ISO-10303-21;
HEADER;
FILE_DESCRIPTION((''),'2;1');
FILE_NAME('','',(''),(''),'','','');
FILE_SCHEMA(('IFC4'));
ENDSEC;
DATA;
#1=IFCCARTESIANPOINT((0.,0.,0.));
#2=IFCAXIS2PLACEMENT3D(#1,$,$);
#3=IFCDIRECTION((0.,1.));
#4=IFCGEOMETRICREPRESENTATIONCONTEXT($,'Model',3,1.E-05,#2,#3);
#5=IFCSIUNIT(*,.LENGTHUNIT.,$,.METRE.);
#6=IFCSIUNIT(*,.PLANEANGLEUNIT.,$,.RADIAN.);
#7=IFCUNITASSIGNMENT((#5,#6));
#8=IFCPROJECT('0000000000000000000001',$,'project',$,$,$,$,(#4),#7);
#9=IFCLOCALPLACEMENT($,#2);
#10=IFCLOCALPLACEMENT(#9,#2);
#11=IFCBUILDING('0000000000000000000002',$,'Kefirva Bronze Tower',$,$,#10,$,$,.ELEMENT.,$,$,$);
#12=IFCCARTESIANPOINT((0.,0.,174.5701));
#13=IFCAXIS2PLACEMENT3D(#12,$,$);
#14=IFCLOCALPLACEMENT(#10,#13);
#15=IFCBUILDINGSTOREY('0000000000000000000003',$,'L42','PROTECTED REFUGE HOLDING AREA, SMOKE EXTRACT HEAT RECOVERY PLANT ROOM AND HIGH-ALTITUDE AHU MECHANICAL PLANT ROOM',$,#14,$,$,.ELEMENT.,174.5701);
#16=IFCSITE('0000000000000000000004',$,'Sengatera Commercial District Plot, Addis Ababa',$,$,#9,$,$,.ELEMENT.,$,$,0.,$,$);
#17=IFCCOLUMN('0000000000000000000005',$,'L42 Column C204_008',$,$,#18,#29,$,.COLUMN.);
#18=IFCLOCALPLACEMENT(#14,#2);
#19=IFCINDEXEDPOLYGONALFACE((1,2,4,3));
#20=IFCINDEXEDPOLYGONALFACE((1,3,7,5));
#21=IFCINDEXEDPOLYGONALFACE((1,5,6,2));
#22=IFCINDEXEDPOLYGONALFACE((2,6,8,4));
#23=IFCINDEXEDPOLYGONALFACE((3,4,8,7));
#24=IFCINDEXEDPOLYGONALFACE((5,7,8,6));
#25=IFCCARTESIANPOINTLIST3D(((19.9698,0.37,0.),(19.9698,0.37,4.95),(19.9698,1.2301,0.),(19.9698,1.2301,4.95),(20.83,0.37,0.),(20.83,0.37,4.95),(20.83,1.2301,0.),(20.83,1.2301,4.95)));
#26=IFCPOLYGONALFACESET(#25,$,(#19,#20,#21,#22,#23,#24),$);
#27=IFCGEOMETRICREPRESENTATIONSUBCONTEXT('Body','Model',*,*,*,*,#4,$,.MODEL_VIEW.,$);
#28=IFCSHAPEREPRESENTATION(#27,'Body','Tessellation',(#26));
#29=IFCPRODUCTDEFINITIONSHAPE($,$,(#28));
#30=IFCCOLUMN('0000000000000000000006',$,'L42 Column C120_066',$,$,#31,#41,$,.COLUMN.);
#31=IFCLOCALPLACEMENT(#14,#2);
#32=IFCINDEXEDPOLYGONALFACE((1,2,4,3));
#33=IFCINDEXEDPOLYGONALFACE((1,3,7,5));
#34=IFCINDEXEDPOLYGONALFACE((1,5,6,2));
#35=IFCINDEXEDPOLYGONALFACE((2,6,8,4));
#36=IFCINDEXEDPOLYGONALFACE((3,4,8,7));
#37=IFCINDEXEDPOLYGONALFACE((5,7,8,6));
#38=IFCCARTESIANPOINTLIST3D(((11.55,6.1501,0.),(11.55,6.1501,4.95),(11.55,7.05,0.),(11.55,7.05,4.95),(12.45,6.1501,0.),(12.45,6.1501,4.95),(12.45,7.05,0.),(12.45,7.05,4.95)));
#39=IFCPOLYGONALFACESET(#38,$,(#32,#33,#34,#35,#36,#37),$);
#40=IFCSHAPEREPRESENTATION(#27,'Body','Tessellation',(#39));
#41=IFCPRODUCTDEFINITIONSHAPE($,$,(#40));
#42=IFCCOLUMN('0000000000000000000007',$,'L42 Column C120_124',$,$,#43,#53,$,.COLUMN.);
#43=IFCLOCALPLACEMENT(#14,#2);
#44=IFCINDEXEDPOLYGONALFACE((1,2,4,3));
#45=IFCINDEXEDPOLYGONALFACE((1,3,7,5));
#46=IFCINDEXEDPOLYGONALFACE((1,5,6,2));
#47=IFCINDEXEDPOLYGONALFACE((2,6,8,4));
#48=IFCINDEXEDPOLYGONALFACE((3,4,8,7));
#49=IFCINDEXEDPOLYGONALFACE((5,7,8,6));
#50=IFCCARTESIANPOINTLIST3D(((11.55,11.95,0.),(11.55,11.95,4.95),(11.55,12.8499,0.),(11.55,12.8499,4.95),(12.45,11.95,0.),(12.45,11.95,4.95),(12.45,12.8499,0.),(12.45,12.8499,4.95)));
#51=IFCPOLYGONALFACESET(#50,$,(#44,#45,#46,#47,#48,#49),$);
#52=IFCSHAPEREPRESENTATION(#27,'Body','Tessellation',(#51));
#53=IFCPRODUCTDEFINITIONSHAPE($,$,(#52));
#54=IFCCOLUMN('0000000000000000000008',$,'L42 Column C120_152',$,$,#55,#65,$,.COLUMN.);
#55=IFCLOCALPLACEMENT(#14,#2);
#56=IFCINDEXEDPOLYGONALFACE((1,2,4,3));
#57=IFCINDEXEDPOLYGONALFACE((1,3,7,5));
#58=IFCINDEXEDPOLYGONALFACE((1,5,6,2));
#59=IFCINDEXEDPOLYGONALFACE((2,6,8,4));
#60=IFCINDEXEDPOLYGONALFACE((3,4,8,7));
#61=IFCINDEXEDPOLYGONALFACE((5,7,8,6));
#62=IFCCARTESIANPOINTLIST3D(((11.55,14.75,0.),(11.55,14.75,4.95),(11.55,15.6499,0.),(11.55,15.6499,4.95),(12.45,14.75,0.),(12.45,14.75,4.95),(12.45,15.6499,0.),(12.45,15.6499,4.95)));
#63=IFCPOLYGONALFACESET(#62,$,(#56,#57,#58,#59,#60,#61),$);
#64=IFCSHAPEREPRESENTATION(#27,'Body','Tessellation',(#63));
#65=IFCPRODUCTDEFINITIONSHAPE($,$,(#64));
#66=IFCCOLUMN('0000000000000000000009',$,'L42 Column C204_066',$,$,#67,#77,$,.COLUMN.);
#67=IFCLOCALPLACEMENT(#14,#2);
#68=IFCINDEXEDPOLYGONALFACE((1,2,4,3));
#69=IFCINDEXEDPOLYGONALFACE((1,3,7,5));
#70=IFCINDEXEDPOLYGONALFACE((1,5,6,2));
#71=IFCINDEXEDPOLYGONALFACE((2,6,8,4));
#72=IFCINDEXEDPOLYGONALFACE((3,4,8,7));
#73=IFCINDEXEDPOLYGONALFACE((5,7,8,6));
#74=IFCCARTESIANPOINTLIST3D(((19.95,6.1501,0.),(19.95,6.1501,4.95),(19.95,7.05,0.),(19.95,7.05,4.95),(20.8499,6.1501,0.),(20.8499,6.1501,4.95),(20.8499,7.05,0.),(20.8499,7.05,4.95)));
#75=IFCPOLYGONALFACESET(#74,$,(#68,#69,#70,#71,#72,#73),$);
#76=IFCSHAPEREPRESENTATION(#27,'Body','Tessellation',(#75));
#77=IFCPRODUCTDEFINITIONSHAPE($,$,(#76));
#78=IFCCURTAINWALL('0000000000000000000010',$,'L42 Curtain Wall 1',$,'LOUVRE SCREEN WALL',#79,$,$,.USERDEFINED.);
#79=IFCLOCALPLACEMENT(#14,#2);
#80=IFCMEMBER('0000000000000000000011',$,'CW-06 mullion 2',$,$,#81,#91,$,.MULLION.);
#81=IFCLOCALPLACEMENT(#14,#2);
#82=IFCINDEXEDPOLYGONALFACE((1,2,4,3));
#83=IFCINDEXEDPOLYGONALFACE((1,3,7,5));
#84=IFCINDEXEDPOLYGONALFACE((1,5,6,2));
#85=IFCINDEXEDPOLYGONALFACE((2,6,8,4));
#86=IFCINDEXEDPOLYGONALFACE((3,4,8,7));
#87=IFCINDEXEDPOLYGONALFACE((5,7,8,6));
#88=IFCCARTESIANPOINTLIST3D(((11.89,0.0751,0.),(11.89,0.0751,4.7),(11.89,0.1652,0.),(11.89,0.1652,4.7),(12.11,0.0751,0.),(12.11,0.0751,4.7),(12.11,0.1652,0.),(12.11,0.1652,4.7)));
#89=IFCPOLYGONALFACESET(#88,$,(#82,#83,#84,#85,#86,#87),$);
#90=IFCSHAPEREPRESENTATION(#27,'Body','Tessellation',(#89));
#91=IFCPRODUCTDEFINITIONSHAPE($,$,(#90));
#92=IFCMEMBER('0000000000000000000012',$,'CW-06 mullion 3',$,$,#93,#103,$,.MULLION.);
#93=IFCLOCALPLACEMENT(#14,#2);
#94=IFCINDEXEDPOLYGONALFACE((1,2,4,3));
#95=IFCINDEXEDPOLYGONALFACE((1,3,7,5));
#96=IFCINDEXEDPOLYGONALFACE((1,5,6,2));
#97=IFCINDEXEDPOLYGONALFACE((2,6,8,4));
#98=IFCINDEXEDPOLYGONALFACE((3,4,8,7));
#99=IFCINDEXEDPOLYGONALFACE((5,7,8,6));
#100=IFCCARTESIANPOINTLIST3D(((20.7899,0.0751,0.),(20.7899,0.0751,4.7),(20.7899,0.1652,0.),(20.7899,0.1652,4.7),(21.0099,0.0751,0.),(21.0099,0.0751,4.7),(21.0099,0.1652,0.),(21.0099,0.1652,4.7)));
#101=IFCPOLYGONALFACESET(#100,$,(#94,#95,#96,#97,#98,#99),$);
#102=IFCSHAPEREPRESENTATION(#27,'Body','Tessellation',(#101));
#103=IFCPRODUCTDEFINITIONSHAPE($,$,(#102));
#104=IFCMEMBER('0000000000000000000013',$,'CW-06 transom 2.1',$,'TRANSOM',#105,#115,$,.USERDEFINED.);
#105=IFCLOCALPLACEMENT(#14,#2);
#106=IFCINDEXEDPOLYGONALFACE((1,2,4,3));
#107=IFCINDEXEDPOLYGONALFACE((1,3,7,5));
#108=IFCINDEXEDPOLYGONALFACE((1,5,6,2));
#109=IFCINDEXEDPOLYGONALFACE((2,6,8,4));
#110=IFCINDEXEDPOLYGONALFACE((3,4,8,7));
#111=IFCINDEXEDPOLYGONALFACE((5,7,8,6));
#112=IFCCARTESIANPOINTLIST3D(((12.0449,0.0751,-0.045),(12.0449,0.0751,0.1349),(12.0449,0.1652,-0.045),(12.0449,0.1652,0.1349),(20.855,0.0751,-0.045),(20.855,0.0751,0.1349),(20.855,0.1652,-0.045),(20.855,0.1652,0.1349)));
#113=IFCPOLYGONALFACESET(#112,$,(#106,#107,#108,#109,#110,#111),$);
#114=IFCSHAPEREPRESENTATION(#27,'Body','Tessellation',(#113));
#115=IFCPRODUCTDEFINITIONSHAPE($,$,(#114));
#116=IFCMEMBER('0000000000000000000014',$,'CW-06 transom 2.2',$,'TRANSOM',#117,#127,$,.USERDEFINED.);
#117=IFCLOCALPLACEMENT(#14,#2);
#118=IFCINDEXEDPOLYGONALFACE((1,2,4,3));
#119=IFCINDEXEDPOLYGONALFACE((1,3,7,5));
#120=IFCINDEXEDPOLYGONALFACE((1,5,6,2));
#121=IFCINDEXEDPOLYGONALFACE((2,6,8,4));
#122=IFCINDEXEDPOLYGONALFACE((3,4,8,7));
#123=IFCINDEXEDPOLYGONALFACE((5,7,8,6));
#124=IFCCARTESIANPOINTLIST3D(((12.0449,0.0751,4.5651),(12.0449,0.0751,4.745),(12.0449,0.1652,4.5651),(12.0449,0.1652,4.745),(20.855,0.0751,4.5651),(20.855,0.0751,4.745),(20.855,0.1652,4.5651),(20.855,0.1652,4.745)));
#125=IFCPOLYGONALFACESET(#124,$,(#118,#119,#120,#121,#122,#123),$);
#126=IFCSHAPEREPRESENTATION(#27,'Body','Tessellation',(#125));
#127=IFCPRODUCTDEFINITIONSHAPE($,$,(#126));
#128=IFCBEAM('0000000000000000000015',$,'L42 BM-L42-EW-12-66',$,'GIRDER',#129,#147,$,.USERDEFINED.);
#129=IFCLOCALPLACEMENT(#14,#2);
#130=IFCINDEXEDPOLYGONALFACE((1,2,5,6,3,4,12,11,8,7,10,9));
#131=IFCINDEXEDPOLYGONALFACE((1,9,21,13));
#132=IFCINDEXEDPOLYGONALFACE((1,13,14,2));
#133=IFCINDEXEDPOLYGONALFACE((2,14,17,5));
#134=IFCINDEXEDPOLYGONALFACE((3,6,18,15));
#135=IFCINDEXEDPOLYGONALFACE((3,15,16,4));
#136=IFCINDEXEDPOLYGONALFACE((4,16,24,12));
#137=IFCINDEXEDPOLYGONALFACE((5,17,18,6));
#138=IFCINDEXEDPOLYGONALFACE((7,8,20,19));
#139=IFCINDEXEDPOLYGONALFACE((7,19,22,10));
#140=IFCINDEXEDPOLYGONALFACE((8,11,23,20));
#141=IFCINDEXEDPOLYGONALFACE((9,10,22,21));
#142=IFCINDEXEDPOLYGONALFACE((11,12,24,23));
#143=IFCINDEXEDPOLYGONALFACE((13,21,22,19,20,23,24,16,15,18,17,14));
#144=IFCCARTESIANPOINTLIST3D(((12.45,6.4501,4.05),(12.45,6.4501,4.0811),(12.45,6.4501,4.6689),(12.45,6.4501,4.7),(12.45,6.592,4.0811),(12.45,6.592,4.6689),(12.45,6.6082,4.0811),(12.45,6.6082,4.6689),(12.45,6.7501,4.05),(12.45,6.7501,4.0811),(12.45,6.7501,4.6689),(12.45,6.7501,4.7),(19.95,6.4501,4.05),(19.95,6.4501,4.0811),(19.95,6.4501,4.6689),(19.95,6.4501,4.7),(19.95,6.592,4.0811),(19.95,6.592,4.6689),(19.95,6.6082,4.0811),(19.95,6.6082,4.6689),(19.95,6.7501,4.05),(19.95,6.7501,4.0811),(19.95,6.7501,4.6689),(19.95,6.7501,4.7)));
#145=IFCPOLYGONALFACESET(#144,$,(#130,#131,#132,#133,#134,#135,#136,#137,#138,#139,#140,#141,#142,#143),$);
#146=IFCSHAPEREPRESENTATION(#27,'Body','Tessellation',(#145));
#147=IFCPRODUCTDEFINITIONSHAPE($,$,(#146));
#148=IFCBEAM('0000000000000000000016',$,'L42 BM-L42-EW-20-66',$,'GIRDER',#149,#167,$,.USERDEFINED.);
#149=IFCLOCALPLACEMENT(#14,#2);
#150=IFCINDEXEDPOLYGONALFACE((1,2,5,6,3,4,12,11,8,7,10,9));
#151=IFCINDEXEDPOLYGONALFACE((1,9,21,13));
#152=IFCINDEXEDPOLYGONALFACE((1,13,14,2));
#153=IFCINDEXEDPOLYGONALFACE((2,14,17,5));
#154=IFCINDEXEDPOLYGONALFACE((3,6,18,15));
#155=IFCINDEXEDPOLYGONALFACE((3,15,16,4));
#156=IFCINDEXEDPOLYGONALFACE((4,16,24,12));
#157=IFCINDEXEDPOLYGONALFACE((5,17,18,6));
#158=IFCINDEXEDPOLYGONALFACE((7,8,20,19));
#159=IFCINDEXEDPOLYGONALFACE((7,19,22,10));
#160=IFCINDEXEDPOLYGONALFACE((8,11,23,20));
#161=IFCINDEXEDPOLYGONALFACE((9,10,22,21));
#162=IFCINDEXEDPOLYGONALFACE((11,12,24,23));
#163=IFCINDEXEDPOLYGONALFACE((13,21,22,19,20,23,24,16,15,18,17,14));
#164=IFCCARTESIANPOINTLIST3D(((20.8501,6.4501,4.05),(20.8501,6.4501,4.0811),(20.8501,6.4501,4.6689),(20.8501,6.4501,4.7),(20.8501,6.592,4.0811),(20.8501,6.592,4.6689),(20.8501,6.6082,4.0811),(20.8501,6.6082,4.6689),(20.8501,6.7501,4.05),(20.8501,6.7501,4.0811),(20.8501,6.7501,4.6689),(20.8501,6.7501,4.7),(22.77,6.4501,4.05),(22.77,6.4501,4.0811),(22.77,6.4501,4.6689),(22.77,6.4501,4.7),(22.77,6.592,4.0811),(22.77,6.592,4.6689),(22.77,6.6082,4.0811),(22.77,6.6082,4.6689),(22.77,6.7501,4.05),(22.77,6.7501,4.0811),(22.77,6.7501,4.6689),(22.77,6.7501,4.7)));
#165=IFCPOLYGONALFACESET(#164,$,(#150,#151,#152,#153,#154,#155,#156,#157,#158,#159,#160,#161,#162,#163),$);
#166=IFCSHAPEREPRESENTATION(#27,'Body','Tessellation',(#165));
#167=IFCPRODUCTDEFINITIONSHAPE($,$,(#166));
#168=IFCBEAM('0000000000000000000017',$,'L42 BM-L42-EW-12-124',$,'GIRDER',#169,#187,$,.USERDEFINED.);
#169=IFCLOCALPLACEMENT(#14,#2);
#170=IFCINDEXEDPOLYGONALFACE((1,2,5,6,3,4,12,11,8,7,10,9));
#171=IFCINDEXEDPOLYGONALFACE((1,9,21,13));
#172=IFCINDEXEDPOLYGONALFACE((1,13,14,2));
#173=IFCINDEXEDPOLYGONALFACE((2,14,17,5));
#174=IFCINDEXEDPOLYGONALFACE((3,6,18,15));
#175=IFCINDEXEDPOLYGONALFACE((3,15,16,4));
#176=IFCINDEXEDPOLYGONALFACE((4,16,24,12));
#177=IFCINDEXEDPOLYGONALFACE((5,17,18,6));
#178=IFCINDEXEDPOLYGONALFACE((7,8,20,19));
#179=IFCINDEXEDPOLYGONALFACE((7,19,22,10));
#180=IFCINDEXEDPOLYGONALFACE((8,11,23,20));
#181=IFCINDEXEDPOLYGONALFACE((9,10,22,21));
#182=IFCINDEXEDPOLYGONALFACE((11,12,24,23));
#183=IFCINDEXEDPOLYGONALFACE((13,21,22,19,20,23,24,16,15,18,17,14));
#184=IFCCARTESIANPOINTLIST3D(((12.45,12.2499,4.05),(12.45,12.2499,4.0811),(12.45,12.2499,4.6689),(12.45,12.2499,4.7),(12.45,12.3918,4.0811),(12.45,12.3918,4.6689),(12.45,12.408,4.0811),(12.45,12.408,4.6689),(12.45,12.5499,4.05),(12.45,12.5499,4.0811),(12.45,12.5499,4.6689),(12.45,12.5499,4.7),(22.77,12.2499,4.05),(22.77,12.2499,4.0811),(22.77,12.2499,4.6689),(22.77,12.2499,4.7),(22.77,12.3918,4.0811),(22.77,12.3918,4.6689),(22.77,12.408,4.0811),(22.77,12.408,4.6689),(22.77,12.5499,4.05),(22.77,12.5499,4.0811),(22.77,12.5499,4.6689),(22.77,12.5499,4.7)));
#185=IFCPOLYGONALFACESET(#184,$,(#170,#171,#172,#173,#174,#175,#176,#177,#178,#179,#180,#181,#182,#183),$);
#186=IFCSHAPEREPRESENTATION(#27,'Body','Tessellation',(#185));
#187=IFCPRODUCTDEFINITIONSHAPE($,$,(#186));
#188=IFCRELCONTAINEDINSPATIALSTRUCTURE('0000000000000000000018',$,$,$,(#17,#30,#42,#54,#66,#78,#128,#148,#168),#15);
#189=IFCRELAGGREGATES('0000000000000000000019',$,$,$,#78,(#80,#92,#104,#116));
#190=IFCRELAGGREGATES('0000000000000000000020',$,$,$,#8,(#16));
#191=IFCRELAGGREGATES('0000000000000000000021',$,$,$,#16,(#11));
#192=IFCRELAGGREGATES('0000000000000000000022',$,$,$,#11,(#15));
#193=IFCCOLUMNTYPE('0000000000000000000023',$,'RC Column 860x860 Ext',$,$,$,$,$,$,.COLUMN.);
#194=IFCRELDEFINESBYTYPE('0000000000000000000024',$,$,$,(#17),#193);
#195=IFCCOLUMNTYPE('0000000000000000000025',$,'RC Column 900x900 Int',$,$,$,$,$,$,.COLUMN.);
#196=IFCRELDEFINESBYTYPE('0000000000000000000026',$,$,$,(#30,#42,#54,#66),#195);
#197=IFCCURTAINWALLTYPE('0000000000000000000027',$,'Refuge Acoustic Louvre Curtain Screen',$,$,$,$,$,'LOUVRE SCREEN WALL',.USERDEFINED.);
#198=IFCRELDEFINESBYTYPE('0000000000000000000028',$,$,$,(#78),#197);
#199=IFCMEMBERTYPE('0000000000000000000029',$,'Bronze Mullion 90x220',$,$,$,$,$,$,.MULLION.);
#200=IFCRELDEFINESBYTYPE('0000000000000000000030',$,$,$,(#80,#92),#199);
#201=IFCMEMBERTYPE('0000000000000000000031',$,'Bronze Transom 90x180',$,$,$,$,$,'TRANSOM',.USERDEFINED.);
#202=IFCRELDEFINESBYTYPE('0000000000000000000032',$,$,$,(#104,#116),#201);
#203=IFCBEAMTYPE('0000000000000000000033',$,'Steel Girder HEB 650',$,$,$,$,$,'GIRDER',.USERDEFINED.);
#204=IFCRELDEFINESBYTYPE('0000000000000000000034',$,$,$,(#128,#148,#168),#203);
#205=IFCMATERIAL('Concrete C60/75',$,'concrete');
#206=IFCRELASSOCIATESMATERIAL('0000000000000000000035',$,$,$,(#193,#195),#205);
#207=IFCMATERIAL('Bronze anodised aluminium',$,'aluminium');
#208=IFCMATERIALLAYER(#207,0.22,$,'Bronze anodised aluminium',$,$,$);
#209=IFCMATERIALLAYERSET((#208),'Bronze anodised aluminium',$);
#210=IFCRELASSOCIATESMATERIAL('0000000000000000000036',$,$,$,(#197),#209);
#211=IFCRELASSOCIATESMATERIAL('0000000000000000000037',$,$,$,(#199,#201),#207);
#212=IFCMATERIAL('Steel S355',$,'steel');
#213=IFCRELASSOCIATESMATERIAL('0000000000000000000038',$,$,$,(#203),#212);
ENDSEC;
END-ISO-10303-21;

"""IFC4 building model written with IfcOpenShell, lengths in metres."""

from ifc_helpers import new_model, si_unit, direction, frame, origin, origin_2d, place, context, subcontext, project, spatial, rectangle, i_section, extrude, material, layer, layer_set, material_profile, profile_set, type_object, element, aggregate, save


model = new_model("IFC4")

# Units and contexts
model_context = context("Model", 3, precision=1e-05, world=origin(), true_north=direction((0.0, 1.0)))
body_context = subcontext(model_context, "Body", "Model", "MODEL_VIEW")
ifc_project = project(units=[si_unit("LENGTHUNIT", "METRE"), si_unit("PLANEANGLEUNIT", "RADIAN")], contexts=[model_context])

# Site, building, storey
site_placement = place(None, origin())
site = spatial("IfcSite", under=ifc_project, at=site_placement, Name="Sengatera Commercial District Plot, Addis Ababa", CompositionType="ELEMENT", RefElevation=0.0)
building_placement = place(site_placement, origin())
building = spatial("IfcBuilding", under=site, at=building_placement, Name="Kefirva Bronze Tower", CompositionType="ELEMENT")
storey_placement = place(building_placement, frame((0.0, 0.0, 174.5701)))
storey = spatial("IfcBuildingStorey", under=building, at=storey_placement, Name="L42", Description="PROTECTED REFUGE HOLDING AREA, SMOKE EXTRACT HEAT RECOVERY PLANT ROOM AND HIGH-ALTITUDE AHU MECHANICAL PLANT ROOM", CompositionType="ELEMENT", Elevation=174.5701)

# Columns
ifc_material_1 = material(Name="Concrete C60/75", Category="concrete")
ifc_material_profile_1 = material_profile(ifc_material_1, rectangle(XDim=0.8601, YDim=0.8601, at=origin_2d()), Name="RC 860x860")
ifc_profile_set_1 = profile_set([ifc_material_profile_1], Name="Concrete C60/75")
column_type_1 = type_object("IfcColumnType", Name="RC Column 860x860 Ext", PredefinedType="COLUMN", material=ifc_profile_set_1)
column_placement = place(storey_placement, frame((20.3999, 0.8, 0.0), z_axis=(0.0, 0.0, 1.0), x_axis=(1.0, 0.0, 0.0)))
element("IfcColumn", 1, at=column_placement, inside=storey, type_object=column_type_1, Name="L42 Column C204_008", PredefinedType="COLUMN", context=body_context, shape_type="SweptSolid", body=[
    extrude(rectangle(XDim=0.8601, YDim=0.8601, at=origin_2d()), origin(), (0.0, 0.0, 1.0), 4.95),
])
ifc_material_profile_2 = material_profile(ifc_material_1, rectangle(XDim=0.8999, YDim=0.8999, at=origin_2d()), Name="RC 900x900")
ifc_profile_set_2 = profile_set([ifc_material_profile_2], Name="Concrete C60/75")
column_type_2 = type_object("IfcColumnType", Name="RC Column 900x900 Int", PredefinedType="COLUMN", material=ifc_profile_set_2)
for number, where, z_axis, x_axis, name in (
    (2, (12.0, 6.6001, 0.0), (0.0, 0.0, 1.0), (1.0, 0.0, 0.0), "L42 Column C120_066"),
    (3, (12.0, 12.3999, 0.0), (0.0, 0.0, 1.0), (1.0, 0.0, 0.0), "L42 Column C120_124"),
    (4, (12.0, 15.2, 0.0), (0.0, 0.0, 1.0), (1.0, 0.0, 0.0), "L42 Column C120_152"),
    (5, (20.3999, 6.6001, 0.0), (0.0, 0.0, 1.0), (1.0, 0.0, 0.0), "L42 Column C204_066"),
):
    element("IfcColumn", number, at=place(storey_placement, frame(where, z_axis=z_axis, x_axis=x_axis)), inside=storey, type_object=column_type_2, Name=name, PredefinedType="COLUMN", context=body_context, shape_type="SweptSolid", body=[
        extrude(rectangle(XDim=0.8999, YDim=0.8999, at=origin_2d()), origin(), (0.0, 0.0, 1.0), 4.95),
    ])

# Curtain wall, members
ifc_material_2 = material(Name="Bronze anodised aluminium", Category="aluminium")
ifc_layer_1 = layer(ifc_material_2, 0.22, Name="Bronze anodised aluminium")
ifc_layer_set_1 = layer_set([ifc_layer_1], Name="Bronze anodised aluminium")
curtain_wall_type = type_object("IfcCurtainWallType", Name="Refuge Acoustic Louvre Curtain Screen", ElementType="LOUVRE SCREEN WALL", PredefinedType="USERDEFINED", material=ifc_layer_set_1)
curtain_wall_placement = place(storey_placement, origin())
curtain_wall = element("IfcCurtainWall", 6, at=curtain_wall_placement, inside=storey, type_object=curtain_wall_type, Name="L42 Curtain Wall 1", ObjectType="LOUVRE SCREEN WALL", PredefinedType="USERDEFINED")
ifc_material_profile_3 = material_profile(ifc_material_2, rectangle(XDim=0.0901, YDim=0.22, at=origin_2d()), Name="ALU 90x220")
ifc_profile_set_3 = profile_set([ifc_material_profile_3], Name="Bronze anodised aluminium")
member_type_1 = type_object("IfcMemberType", Name="Bronze Mullion 90x220", PredefinedType="MULLION", material=ifc_profile_set_3)
member_1_placement = place(storey_placement, frame((12.0, 0.1201, 0.0), z_axis=(0.0, 0.0, 1.0), x_axis=(0.0, 1.0, 0.0)))
member_1 = element("IfcMember", 7, at=member_1_placement, type_object=member_type_1, Name="CW-06 mullion 2", PredefinedType="MULLION", context=body_context, shape_type="SweptSolid", body=[
    extrude(rectangle(XDim=0.0901, YDim=0.22, at=origin_2d()), origin(), (0.0, 0.0, 1.0), 4.7),
])
member_2_placement = place(storey_placement, frame((20.8999, 0.1201, 0.0), z_axis=(0.0, 0.0, 1.0), x_axis=(0.0, 1.0, 0.0)))
member_2 = element("IfcMember", 8, at=member_2_placement, type_object=member_type_1, Name="CW-06 mullion 3", PredefinedType="MULLION", context=body_context, shape_type="SweptSolid", body=[
    extrude(rectangle(XDim=0.0901, YDim=0.22, at=origin_2d()), origin(), (0.0, 0.0, 1.0), 4.7),
])
ifc_material_profile_4 = material_profile(ifc_material_2, rectangle(XDim=0.0901, YDim=0.1799, at=origin_2d()), Name="ALU 90x180")
ifc_profile_set_4 = profile_set([ifc_material_profile_4], Name="Bronze anodised aluminium")
member_type_2 = type_object("IfcMemberType", Name="Bronze Transom 90x180", ElementType="TRANSOM", PredefinedType="USERDEFINED", material=ifc_profile_set_4)
member_3_placement = place(storey_placement, frame((12.0449, 0.1201, 0.0449), z_axis=(1.0, 0.0, 0.0), x_axis=(0.0, 1.0, 0.0)))
member_3 = element("IfcMember", 9, at=member_3_placement, type_object=member_type_2, Name="CW-06 transom 2.1", ObjectType="TRANSOM", PredefinedType="USERDEFINED", context=body_context, shape_type="SweptSolid", body=[
    extrude(rectangle(XDim=0.0901, YDim=0.1799, at=origin_2d()), origin(), (0.0, 0.0, 1.0), 8.8101),
])
member_4_placement = place(storey_placement, frame((12.0449, 0.1201, 4.655), z_axis=(1.0, 0.0, 0.0), x_axis=(0.0, 1.0, 0.0)))
member_4 = element("IfcMember", 10, at=member_4_placement, type_object=member_type_2, Name="CW-06 transom 2.2", ObjectType="TRANSOM", PredefinedType="USERDEFINED", context=body_context, shape_type="SweptSolid", body=[
    extrude(rectangle(XDim=0.0901, YDim=0.1799, at=origin_2d()), origin(), (0.0, 0.0, 1.0), 8.8101),
])

# Beams
ifc_material_3 = material(Name="Steel S355", Category="steel")
ifc_material_profile_5 = material_profile(ifc_material_3, i_section(OverallWidth=0.3, OverallDepth=0.6499, WebThickness=0.0161, FlangeThickness=0.031, at=origin_2d()), Name="HEB 650")
ifc_profile_set_5 = profile_set([ifc_material_profile_5], Name="Steel S355")
beam_type_1 = type_object("IfcBeamType", Name="Steel Girder HEB 650", ElementType="GIRDER", PredefinedType="USERDEFINED", material=ifc_profile_set_5)
beam_1_placement = place(storey_placement, frame((12.45, 6.6001, 4.375), z_axis=(1.0, 0.0, 0.0), x_axis=(0.0, 1.0, 0.0)))
element("IfcBeam", 11, at=beam_1_placement, inside=storey, type_object=beam_type_1, Name="L42 BM-L42-EW-12-66", ObjectType="GIRDER", PredefinedType="USERDEFINED", context=body_context, shape_type="SweptSolid", body=[
    extrude(i_section(OverallWidth=0.3, OverallDepth=0.6499, WebThickness=0.0161, FlangeThickness=0.031, at=origin_2d()), origin(), (0.0, 0.0, 1.0), 7.5),
])
beam_2_placement = place(storey_placement, frame((20.8501, 6.6001, 4.375), z_axis=(1.0, 0.0, 0.0), x_axis=(0.0, 1.0, 0.0)))
element("IfcBeam", 12, at=beam_2_placement, inside=storey, type_object=beam_type_1, Name="L42 BM-L42-EW-20-66", ObjectType="GIRDER", PredefinedType="USERDEFINED", context=body_context, shape_type="SweptSolid", body=[
    extrude(i_section(OverallWidth=0.3, OverallDepth=0.6499, WebThickness=0.0161, FlangeThickness=0.031, at=origin_2d()), origin(), (0.0, 0.0, 1.0), 1.9199),
])
for number, where, z_axis, x_axis, name in (
    (13, (12.45, 12.3999, 4.375), (1.0, 0.0, 0.0), (0.0, 1.0, 0.0), "L42 BM-L42-EW-12-124"),
):
    element("IfcBeam", number, at=place(storey_placement, frame(where, z_axis=z_axis, x_axis=x_axis)), inside=storey, type_object=beam_type_1, Name=name, ObjectType="GIRDER", PredefinedType="USERDEFINED", context=body_context, shape_type="SweptSolid", body=[
        extrude(i_section(OverallWidth=0.3, OverallDepth=0.6499, WebThickness=0.0161, FlangeThickness=0.031, at=origin_2d()), origin(), (0.0, 0.0, 1.0), 10.3201),
    ])

aggregate(curtain_wall, [member_1, member_2, member_3, member_4])

save(model, "model.ifc")
